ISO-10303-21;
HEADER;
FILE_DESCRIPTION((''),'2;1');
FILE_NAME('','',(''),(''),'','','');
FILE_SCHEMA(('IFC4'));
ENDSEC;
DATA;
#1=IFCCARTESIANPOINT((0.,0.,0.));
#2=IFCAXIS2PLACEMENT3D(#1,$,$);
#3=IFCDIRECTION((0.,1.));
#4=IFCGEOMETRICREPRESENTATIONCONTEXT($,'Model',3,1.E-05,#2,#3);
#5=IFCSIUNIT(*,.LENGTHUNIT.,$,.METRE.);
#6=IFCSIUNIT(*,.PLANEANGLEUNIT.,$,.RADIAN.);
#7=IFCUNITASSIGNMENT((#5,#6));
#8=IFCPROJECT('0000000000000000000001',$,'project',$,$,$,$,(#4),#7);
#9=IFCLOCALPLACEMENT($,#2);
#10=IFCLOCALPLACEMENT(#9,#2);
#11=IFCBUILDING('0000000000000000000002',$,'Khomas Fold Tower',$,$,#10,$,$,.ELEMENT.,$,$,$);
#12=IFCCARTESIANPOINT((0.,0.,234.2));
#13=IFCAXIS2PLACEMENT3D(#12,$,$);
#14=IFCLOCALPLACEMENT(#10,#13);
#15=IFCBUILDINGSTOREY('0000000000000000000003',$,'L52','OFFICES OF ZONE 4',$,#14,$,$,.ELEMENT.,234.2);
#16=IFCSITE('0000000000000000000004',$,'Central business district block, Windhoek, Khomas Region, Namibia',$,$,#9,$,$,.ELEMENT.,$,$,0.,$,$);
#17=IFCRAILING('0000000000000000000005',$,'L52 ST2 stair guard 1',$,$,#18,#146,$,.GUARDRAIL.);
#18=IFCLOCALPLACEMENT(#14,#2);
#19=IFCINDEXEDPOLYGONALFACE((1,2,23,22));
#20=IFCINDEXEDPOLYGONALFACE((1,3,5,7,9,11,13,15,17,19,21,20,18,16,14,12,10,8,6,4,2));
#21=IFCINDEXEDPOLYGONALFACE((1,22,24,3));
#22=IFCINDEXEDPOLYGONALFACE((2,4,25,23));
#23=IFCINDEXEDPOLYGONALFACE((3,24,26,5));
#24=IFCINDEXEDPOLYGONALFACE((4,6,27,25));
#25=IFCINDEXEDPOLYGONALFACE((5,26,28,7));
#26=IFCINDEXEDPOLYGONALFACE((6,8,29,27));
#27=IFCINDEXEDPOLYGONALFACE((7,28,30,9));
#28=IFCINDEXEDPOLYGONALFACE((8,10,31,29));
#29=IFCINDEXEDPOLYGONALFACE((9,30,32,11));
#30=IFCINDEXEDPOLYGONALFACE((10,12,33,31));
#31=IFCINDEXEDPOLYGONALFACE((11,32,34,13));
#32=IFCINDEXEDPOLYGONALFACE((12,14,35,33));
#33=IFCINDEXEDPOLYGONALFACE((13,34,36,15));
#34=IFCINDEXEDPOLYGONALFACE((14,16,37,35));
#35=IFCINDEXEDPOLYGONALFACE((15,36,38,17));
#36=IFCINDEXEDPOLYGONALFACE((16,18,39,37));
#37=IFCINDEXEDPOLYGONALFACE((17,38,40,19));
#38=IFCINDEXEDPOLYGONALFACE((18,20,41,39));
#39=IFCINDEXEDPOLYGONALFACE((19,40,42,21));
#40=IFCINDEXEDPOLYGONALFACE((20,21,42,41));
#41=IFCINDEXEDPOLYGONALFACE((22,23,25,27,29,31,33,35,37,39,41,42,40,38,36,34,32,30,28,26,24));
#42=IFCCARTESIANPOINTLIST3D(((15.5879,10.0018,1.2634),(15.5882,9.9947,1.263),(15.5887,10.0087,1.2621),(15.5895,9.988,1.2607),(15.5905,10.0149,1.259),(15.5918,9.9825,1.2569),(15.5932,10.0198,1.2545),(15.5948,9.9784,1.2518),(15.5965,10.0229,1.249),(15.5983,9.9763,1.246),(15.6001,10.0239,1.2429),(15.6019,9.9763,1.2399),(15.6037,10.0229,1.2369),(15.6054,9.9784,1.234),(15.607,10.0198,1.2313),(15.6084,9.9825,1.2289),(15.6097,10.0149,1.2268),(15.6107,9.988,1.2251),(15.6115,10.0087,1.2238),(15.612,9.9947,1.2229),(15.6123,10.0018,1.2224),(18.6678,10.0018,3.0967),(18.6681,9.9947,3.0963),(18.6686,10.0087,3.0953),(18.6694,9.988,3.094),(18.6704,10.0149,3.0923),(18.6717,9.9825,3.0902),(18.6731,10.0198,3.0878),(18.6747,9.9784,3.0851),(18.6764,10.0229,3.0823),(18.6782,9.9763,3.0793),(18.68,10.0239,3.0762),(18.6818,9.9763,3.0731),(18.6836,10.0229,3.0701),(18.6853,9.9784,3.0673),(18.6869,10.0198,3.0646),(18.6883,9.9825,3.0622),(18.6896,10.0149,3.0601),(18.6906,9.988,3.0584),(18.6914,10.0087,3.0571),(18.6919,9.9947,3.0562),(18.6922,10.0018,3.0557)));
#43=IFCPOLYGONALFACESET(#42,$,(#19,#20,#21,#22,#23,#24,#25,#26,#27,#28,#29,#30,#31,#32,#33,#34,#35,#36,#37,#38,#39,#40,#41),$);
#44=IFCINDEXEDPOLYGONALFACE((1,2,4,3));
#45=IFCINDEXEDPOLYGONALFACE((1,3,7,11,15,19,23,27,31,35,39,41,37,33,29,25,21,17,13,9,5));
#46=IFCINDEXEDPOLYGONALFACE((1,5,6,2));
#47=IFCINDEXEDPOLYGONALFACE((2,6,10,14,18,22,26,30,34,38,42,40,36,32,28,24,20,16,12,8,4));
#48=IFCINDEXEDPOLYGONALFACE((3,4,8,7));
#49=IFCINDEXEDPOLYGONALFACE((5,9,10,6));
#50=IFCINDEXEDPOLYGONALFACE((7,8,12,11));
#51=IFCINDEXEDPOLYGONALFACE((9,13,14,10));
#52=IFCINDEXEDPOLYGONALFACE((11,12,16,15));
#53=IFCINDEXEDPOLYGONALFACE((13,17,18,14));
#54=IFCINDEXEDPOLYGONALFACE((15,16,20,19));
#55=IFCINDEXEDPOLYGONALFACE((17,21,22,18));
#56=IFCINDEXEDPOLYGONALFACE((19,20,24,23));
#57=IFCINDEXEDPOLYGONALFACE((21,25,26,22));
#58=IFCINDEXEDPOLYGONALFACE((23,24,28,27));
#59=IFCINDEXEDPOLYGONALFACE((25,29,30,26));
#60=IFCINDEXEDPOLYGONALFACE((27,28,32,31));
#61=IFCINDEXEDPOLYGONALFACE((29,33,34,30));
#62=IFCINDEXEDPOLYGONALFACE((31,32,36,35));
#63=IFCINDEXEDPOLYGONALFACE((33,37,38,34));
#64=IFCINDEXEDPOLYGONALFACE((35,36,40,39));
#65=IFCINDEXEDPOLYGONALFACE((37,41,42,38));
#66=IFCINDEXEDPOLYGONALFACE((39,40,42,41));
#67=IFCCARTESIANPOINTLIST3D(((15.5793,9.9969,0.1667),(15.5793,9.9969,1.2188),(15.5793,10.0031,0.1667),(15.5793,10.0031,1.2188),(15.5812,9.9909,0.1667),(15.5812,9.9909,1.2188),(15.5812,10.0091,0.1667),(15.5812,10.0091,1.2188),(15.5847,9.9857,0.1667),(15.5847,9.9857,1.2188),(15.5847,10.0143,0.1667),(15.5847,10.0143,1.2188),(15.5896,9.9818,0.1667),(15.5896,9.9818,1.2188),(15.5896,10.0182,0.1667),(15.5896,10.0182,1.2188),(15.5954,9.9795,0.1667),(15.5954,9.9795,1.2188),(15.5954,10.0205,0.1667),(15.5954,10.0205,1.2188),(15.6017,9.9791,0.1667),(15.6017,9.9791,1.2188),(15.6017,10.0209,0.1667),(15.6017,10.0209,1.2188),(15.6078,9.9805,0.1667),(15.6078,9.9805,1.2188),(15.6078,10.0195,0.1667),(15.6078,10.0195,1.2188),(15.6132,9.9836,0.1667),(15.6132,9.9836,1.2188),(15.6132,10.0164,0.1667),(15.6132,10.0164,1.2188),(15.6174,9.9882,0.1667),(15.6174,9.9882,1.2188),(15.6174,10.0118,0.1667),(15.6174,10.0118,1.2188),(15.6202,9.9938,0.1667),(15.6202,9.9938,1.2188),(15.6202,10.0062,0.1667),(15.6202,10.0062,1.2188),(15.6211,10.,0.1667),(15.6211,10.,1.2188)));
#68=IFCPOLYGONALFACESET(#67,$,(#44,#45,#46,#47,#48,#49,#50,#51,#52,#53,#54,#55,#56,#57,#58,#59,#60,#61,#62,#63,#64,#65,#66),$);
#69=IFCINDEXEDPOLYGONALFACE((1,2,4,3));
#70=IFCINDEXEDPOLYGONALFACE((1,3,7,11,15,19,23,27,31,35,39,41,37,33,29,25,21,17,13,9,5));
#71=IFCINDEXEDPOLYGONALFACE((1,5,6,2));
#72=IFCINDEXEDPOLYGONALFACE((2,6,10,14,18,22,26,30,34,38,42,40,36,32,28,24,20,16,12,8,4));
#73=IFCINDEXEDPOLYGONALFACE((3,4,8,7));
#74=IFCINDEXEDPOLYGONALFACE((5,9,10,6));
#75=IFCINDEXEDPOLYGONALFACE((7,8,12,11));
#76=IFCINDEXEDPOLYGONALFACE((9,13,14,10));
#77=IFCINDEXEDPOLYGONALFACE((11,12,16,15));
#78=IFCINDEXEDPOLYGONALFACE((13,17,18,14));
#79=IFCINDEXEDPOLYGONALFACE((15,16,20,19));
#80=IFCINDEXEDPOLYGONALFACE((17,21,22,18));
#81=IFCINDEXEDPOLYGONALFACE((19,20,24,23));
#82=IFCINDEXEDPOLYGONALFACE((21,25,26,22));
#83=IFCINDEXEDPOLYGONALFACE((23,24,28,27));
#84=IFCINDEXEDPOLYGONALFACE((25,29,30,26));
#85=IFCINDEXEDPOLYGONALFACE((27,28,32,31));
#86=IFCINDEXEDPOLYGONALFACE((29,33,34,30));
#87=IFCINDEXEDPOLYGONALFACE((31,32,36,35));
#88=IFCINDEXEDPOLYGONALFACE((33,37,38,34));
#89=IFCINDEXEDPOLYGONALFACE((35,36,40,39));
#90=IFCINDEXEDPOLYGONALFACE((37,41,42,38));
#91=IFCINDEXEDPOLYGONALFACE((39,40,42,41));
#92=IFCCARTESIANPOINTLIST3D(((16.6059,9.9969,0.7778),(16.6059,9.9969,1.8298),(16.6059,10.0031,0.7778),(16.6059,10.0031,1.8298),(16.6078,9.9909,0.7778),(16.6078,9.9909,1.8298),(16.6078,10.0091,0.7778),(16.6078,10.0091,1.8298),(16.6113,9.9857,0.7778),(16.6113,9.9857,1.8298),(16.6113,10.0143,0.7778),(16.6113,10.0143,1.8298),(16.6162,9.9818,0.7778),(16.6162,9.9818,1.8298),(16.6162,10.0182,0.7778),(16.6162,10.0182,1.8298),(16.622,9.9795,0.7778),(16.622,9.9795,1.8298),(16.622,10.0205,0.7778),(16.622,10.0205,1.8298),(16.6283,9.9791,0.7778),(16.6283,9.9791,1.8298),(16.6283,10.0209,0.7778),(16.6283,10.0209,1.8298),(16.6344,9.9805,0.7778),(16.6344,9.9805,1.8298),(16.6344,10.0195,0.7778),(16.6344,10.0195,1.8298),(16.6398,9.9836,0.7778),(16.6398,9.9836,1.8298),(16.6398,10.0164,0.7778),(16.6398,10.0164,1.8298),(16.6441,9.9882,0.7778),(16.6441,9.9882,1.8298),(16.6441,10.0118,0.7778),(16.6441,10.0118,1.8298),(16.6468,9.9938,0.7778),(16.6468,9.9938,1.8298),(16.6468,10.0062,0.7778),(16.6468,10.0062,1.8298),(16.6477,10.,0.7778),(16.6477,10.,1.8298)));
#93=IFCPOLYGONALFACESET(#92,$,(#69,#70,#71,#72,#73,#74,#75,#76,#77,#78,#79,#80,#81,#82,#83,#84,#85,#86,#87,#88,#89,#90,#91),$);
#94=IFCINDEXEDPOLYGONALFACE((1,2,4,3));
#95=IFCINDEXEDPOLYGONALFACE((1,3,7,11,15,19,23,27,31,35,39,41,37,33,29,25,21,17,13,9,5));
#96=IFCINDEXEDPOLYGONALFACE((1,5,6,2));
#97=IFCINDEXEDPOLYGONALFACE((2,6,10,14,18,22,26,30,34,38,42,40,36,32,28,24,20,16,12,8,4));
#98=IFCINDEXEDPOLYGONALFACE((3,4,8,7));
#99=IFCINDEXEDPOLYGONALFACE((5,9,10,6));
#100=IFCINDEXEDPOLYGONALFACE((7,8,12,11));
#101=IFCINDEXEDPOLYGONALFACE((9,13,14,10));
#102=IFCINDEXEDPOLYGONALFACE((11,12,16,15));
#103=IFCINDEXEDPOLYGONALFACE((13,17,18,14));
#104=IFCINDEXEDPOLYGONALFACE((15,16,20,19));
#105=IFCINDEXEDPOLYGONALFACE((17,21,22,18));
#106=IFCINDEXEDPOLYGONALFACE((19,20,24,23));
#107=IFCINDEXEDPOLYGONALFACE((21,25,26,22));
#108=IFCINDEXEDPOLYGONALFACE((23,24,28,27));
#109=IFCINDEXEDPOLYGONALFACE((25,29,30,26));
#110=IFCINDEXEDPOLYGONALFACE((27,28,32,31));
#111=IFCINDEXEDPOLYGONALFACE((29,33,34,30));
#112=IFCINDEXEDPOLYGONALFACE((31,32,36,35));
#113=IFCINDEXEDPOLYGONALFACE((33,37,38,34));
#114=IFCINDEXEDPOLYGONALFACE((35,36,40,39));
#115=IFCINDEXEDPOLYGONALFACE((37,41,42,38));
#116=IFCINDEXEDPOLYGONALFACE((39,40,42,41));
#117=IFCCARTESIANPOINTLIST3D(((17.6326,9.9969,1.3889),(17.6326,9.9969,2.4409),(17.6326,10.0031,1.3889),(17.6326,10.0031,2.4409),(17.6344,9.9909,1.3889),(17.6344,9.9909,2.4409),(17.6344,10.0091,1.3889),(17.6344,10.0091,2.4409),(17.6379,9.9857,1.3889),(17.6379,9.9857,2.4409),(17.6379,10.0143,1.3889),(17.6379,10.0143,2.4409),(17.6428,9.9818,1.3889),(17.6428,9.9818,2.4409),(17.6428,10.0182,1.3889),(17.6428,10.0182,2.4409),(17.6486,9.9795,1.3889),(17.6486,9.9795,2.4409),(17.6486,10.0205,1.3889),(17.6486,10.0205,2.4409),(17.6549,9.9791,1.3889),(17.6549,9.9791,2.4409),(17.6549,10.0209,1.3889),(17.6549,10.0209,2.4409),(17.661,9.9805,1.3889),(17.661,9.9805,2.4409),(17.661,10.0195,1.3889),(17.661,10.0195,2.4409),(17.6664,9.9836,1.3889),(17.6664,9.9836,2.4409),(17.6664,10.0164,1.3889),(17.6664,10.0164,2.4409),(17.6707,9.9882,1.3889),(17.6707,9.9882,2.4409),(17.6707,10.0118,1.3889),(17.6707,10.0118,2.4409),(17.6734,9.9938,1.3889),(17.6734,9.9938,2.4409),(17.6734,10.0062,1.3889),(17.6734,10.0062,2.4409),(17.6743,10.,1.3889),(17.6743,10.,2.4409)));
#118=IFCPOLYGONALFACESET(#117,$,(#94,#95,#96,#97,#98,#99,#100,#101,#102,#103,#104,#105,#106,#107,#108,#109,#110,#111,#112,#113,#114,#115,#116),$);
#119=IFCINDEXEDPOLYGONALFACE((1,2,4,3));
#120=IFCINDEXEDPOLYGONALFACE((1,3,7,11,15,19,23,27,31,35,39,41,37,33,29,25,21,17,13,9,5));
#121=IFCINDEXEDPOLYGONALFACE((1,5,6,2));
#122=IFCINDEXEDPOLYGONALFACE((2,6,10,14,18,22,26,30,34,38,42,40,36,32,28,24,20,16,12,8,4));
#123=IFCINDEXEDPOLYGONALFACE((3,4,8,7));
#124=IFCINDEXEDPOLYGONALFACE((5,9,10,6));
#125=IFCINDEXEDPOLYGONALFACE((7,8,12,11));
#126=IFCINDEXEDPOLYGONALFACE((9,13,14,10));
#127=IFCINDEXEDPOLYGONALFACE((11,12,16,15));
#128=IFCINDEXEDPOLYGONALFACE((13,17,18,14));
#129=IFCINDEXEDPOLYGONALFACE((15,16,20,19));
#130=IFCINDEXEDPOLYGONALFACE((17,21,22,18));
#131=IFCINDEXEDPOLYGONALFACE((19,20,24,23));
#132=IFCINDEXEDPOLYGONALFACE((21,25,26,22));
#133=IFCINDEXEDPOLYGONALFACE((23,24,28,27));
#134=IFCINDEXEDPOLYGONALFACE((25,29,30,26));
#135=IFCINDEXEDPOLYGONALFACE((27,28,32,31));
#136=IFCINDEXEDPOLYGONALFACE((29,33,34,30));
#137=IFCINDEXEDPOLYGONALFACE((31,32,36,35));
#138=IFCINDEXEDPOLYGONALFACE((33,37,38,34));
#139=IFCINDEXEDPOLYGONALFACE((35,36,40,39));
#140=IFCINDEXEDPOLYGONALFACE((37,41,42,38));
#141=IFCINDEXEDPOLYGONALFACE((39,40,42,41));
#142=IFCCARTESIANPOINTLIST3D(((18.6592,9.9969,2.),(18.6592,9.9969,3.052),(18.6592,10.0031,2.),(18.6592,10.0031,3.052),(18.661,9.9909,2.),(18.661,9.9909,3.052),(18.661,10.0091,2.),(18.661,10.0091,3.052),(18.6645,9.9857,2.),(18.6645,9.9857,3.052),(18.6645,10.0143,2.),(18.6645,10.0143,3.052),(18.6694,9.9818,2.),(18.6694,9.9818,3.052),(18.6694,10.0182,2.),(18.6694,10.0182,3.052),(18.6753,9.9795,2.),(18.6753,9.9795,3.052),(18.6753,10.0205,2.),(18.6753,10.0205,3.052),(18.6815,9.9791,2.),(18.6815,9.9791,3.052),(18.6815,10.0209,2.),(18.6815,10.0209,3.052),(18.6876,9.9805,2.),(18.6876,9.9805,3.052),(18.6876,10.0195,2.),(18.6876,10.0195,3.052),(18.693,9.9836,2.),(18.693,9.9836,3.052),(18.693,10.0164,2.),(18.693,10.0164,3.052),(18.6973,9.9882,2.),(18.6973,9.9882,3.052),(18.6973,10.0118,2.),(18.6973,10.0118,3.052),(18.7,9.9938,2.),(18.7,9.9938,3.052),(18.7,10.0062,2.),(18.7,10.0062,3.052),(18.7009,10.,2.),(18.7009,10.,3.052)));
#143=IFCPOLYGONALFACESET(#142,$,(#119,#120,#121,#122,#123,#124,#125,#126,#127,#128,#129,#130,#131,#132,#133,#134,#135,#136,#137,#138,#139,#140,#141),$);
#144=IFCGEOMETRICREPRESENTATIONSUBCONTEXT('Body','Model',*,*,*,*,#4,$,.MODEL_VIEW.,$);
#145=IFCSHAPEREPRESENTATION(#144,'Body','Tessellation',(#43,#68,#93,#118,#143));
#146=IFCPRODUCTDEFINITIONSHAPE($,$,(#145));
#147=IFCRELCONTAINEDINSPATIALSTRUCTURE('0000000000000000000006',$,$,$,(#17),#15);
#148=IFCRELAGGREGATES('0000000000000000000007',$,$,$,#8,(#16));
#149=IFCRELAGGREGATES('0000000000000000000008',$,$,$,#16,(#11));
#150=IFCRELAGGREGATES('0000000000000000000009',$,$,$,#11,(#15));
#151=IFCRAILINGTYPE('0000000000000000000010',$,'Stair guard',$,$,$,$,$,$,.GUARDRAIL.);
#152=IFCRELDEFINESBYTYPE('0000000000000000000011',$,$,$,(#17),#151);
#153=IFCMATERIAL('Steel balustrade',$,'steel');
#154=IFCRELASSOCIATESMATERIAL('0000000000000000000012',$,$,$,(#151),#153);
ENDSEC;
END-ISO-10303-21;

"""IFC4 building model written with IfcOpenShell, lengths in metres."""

from ifc_helpers import new_model, si_unit, direction, frame, origin, origin_2d, place, context, subcontext, project, spatial, circle, extrude, source, transform, mapped, material, type_object, element, save


model = new_model("IFC4")

# Units and contexts
model_context = context("Model", 3, precision=1e-05, world=origin(), true_north=direction((0.0, 1.0)))
body_context = subcontext(model_context, "Body", "Model", "MODEL_VIEW")
ifc_project = project(units=[si_unit("LENGTHUNIT", "METRE"), si_unit("PLANEANGLEUNIT", "RADIAN")], contexts=[model_context])

# Site, building, storey
site_placement = place(None, origin())
site = spatial("IfcSite", under=ifc_project, at=site_placement, Name="Central business district block, Windhoek, Khomas Region, Namibia", CompositionType="ELEMENT", RefElevation=0.0)
building_placement = place(site_placement, origin())
building = spatial("IfcBuilding", under=site, at=building_placement, Name="Khomas Fold Tower", CompositionType="ELEMENT")
storey_placement = place(building_placement, frame((0.0, 0.0, 234.2)))
storey = spatial("IfcBuildingStorey", under=building, at=storey_placement, Name="L52", Description="OFFICES OF ZONE 4", CompositionType="ELEMENT", Elevation=234.2)

# Railing
ifc_material_1 = material(Name="Steel balustrade", Category="steel")
railing_type_1 = type_object("IfcRailingType", Name="Stair guard", PredefinedType="GUARDRAIL", material=ifc_material_1)
shared_shape_1 = source(origin(), body_context, "Body", "SweptSolid", [
    extrude(circle(Radius=0.0239, at=origin_2d()), frame((0.0, 0.0, 1.0762), z_axis=(0.859291, 0.0, 0.511487), x_axis=(0.0, 1.0, 0.0)), (0.0, 0.0, 1.0), 3.5842),
    extrude(circle(Radius=0.021, at=origin_2d()), origin(), (0.0, 0.0, 1.0), 1.052),
    extrude(circle(Radius=0.021, at=origin_2d()), frame((1.0266, 0.0, 0.6111)), (0.0, 0.0, 1.0), 1.052),
    extrude(circle(Radius=0.021, at=origin_2d()), frame((2.0532, 0.0, 1.2222)), (0.0, 0.0, 1.0), 1.052),
    extrude(circle(Radius=0.021, at=origin_2d()), frame((3.0798, 0.0, 1.8333)), (0.0, 0.0, 1.0), 1.052),
])
railing_1_placement = place(storey_placement, frame((15.6001, 10.0, 0.1667)))
element("IfcRailing", 1, at=railing_1_placement, inside=storey, type_object=railing_type_1, Name="L52 ST2 stair guard 1", PredefinedType="GUARDRAIL", context=body_context, shape_type="MappedRepresentation", body=[
    mapped(shared_shape_1, transform((0.0, 0.0, 0.0))),
])

save(model, "model.ifc")
